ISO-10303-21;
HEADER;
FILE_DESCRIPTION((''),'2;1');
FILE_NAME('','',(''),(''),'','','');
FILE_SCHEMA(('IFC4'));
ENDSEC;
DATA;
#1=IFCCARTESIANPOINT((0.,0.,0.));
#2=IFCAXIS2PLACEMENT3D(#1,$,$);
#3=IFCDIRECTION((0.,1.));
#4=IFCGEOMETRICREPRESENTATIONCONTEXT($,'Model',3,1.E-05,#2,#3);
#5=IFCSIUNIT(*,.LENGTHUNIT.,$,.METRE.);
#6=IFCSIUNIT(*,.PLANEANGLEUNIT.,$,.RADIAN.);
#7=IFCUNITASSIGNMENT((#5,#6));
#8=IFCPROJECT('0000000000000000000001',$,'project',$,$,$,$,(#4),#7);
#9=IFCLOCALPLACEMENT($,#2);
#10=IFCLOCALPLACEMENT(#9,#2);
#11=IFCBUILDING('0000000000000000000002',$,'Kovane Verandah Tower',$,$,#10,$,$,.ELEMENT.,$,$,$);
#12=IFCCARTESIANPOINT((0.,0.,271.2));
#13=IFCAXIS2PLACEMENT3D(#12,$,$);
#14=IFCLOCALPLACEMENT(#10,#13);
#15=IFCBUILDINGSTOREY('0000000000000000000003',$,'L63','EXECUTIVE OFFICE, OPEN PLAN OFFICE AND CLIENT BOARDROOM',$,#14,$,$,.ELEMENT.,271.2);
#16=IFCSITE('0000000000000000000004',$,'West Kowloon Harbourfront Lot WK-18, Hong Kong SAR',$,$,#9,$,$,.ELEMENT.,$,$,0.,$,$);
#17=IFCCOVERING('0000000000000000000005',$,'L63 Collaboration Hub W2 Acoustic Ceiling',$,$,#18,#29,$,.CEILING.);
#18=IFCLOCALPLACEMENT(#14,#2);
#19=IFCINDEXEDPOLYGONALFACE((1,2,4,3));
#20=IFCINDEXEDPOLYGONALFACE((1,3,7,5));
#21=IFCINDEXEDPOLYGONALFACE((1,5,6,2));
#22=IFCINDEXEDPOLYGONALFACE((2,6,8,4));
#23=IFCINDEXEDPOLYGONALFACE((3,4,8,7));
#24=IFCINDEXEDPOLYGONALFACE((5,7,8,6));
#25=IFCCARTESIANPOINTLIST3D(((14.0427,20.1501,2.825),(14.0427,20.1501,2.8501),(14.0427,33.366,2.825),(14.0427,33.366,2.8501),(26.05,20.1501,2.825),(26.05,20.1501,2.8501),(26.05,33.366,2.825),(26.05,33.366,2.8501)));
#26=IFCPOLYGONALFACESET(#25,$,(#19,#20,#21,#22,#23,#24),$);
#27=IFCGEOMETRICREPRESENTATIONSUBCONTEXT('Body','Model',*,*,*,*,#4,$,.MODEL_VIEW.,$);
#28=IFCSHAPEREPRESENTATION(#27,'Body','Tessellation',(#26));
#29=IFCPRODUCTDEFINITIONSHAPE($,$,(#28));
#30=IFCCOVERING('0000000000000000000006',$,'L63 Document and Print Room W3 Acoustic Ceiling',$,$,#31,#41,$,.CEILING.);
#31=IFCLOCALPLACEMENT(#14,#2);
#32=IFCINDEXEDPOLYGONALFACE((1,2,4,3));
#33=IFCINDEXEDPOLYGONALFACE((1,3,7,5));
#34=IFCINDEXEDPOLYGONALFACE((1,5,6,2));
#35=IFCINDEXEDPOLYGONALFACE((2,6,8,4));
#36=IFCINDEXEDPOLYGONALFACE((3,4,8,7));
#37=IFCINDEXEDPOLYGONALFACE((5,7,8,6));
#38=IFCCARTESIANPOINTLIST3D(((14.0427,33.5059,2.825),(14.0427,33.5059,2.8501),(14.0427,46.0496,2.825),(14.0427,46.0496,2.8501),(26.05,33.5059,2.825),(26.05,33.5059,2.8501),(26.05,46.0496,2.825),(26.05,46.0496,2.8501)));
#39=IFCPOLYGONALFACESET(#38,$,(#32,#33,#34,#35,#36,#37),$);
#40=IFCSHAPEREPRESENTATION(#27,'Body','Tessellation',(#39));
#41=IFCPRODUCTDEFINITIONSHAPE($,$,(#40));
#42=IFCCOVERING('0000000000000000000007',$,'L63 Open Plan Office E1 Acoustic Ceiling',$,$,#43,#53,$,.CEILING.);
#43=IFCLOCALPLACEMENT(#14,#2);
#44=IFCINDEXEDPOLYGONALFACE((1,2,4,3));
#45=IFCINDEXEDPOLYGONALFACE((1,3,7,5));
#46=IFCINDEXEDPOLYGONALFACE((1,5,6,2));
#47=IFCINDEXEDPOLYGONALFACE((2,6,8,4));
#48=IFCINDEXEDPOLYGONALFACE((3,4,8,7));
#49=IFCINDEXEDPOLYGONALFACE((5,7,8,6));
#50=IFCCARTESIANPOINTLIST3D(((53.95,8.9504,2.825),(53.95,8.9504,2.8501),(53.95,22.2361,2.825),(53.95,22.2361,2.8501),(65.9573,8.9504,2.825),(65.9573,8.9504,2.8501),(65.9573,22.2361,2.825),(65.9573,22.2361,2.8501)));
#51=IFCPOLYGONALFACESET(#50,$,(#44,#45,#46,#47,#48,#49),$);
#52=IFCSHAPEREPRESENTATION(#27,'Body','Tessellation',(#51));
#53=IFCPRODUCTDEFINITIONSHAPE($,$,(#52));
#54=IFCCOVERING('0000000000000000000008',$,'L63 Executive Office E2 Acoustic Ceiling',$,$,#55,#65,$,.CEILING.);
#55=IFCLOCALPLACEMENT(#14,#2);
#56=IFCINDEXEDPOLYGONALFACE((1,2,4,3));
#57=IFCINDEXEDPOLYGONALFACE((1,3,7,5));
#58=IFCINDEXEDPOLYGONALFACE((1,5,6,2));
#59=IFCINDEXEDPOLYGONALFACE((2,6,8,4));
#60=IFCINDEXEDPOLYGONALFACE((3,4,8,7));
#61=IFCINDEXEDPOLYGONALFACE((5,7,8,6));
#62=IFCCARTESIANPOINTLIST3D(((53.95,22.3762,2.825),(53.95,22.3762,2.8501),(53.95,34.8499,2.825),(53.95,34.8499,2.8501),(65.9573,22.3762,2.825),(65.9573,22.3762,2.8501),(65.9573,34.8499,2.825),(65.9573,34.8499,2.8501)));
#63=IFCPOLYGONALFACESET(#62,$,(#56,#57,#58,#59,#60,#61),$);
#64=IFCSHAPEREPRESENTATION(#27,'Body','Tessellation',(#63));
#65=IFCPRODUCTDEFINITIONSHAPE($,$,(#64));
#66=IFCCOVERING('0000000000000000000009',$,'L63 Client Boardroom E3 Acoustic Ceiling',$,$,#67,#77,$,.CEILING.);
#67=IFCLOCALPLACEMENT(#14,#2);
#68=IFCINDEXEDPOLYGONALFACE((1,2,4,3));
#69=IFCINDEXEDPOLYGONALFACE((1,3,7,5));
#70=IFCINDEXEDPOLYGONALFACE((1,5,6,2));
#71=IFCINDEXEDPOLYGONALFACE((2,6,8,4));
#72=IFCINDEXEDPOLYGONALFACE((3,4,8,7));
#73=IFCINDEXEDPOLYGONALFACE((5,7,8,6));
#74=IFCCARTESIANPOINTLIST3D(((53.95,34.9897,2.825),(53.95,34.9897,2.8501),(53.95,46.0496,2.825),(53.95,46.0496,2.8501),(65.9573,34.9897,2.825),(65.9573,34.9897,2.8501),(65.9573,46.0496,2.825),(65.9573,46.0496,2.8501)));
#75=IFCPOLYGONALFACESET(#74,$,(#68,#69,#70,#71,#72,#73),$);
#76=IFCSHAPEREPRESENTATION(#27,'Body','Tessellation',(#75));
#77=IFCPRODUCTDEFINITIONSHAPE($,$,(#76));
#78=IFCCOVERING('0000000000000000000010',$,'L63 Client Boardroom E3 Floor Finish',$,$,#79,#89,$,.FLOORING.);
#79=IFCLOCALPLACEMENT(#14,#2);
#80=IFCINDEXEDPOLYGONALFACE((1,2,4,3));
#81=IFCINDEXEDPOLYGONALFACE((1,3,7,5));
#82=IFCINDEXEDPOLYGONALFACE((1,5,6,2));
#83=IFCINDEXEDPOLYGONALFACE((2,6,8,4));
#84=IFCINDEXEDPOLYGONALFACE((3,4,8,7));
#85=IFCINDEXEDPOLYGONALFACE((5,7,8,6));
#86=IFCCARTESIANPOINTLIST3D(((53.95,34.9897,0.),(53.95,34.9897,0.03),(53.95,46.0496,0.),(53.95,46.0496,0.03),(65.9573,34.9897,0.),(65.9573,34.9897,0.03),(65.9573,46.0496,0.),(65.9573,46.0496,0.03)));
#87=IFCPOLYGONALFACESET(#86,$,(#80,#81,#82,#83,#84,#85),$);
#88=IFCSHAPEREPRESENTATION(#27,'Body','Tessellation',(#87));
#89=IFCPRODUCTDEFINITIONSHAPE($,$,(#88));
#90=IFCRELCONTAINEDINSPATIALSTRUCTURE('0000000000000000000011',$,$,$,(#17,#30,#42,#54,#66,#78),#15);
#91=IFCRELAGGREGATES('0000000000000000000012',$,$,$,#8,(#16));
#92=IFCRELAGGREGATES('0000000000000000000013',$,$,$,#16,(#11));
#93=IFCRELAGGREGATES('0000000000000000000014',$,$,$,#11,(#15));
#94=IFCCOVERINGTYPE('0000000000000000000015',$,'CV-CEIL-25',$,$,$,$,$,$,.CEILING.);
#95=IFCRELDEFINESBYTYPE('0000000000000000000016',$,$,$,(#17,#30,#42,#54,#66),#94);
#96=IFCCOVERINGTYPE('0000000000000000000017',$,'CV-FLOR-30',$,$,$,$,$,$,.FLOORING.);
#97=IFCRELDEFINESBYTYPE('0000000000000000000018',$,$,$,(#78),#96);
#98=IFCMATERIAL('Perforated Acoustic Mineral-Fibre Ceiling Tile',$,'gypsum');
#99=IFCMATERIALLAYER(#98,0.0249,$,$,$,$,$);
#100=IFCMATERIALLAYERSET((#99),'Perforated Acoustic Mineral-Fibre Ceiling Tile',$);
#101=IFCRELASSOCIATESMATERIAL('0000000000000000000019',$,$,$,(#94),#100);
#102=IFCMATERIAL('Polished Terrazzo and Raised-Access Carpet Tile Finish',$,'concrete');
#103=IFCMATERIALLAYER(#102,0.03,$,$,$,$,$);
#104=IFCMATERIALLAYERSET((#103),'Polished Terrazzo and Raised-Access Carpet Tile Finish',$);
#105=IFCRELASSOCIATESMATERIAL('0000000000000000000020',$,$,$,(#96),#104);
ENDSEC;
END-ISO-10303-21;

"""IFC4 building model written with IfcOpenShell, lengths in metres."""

from ifc_helpers import new_model, si_unit, direction, frame, origin, place, context, subcontext, project, spatial, polyline, outline, extrude, material, layer, layer_set, type_object, element, save


model = new_model("IFC4")

# Units and contexts
model_context = context("Model", 3, precision=1e-05, world=origin(), true_north=direction((0.0, 1.0)))
body_context = subcontext(model_context, "Body", "Model", "MODEL_VIEW")
ifc_project = project(units=[si_unit("LENGTHUNIT", "METRE"), si_unit("PLANEANGLEUNIT", "RADIAN")], contexts=[model_context])

# Site, building, storey
site_placement = place(None, origin())
site = spatial("IfcSite", under=ifc_project, at=site_placement, Name="West Kowloon Harbourfront Lot WK-18, Hong Kong SAR", CompositionType="ELEMENT", RefElevation=0.0)
building_placement = place(site_placement, origin())
building = spatial("IfcBuilding", under=site, at=building_placement, Name="Kovane Verandah Tower", CompositionType="ELEMENT")
storey_placement = place(building_placement, frame((0.0, 0.0, 271.2)))
storey = spatial("IfcBuildingStorey", under=building, at=storey_placement, Name="L63", Description="EXECUTIVE OFFICE, OPEN PLAN OFFICE AND CLIENT BOARDROOM", CompositionType="ELEMENT", Elevation=271.2)

# Coverings
ifc_material_1 = material(Name="Perforated Acoustic Mineral-Fibre Ceiling Tile", Category="gypsum")
ifc_layer_1 = layer(ifc_material_1, 0.0249)
ifc_layer_set_1 = layer_set([ifc_layer_1], Name="Perforated Acoustic Mineral-Fibre Ceiling Tile")
covering_type_1 = type_object("IfcCoveringType", Name="CV-CEIL-25", PredefinedType="CEILING", material=ifc_layer_set_1)
covering_1_placement = place(storey_placement, frame((0.0, 0.0, 2.825)))
element("IfcCovering", 1, at=covering_1_placement, inside=storey, type_object=covering_type_1, Name="L63 Collaboration Hub W2 Acoustic Ceiling", PredefinedType="CEILING", context=body_context, shape_type="SweptSolid", body=[
    extrude(outline(polyline([(14.0427, 20.1501), (26.05, 20.1501), (26.05, 33.366), (14.0427, 33.366), (14.0427, 20.1501)])), origin(), (0.0, 0.0, 1.0), 0.0251),
])
covering_2_placement = place(storey_placement, frame((0.0, 0.0, 2.825)))
element("IfcCovering", 2, at=covering_2_placement, inside=storey, type_object=covering_type_1, Name="L63 Document and Print Room W3 Acoustic Ceiling", PredefinedType="CEILING", context=body_context, shape_type="SweptSolid", body=[
    extrude(outline(polyline([(14.0427, 33.5059), (26.05, 33.5059), (26.05, 46.0496), (14.0427, 46.0496), (14.0427, 33.5059)])), origin(), (0.0, 0.0, 1.0), 0.0251),
])
covering_3_placement = place(storey_placement, frame((0.0, 0.0, 2.825)))
element("IfcCovering", 3, at=covering_3_placement, inside=storey, type_object=covering_type_1, Name="L63 Open Plan Office E1 Acoustic Ceiling", PredefinedType="CEILING", context=body_context, shape_type="SweptSolid", body=[
    extrude(outline(polyline([(53.95, 8.9504), (65.9573, 8.9504), (65.9573, 22.2361), (53.95, 22.2361), (53.95, 8.9504)])), origin(), (0.0, 0.0, 1.0), 0.0251),
])
covering_4_placement = place(storey_placement, frame((0.0, 0.0, 2.825)))
element("IfcCovering", 4, at=covering_4_placement, inside=storey, type_object=covering_type_1, Name="L63 Executive Office E2 Acoustic Ceiling", PredefinedType="CEILING", context=body_context, shape_type="SweptSolid", body=[
    extrude(outline(polyline([(53.95, 22.3762), (65.9573, 22.3762), (65.9573, 34.8499), (53.95, 34.8499), (53.95, 22.3762)])), origin(), (0.0, 0.0, 1.0), 0.0251),
])
covering_5_placement = place(storey_placement, frame((0.0, 0.0, 2.825)))
element("IfcCovering", 5, at=covering_5_placement, inside=storey, type_object=covering_type_1, Name="L63 Client Boardroom E3 Acoustic Ceiling", PredefinedType="CEILING", context=body_context, shape_type="SweptSolid", body=[
    extrude(outline(polyline([(53.95, 34.9897), (65.9573, 34.9897), (65.9573, 46.0496), (53.95, 46.0496), (53.95, 34.9897)])), origin(), (0.0, 0.0, 1.0), 0.0251),
])
ifc_material_2 = material(Name="Polished Terrazzo and Raised-Access Carpet Tile Finish", Category="concrete")
ifc_layer_2 = layer(ifc_material_2, 0.03)
ifc_layer_set_2 = layer_set([ifc_layer_2], Name="Polished Terrazzo and Raised-Access Carpet Tile Finish")
covering_type_2 = type_object("IfcCoveringType", Name="CV-FLOR-30", PredefinedType="FLOORING", material=ifc_layer_set_2)
covering_6_placement = place(storey_placement, origin())
element("IfcCovering", 6, at=covering_6_placement, inside=storey, type_object=covering_type_2, Name="L63 Client Boardroom E3 Floor Finish", PredefinedType="FLOORING", context=body_context, shape_type="SweptSolid", body=[
    extrude(outline(polyline([(53.95, 34.9897), (65.9573, 34.9897), (65.9573, 46.0496), (53.95, 46.0496), (53.95, 34.9897)])), origin(), (0.0, 0.0, 1.0), 0.03),
])

save(model, "model.ifc")
